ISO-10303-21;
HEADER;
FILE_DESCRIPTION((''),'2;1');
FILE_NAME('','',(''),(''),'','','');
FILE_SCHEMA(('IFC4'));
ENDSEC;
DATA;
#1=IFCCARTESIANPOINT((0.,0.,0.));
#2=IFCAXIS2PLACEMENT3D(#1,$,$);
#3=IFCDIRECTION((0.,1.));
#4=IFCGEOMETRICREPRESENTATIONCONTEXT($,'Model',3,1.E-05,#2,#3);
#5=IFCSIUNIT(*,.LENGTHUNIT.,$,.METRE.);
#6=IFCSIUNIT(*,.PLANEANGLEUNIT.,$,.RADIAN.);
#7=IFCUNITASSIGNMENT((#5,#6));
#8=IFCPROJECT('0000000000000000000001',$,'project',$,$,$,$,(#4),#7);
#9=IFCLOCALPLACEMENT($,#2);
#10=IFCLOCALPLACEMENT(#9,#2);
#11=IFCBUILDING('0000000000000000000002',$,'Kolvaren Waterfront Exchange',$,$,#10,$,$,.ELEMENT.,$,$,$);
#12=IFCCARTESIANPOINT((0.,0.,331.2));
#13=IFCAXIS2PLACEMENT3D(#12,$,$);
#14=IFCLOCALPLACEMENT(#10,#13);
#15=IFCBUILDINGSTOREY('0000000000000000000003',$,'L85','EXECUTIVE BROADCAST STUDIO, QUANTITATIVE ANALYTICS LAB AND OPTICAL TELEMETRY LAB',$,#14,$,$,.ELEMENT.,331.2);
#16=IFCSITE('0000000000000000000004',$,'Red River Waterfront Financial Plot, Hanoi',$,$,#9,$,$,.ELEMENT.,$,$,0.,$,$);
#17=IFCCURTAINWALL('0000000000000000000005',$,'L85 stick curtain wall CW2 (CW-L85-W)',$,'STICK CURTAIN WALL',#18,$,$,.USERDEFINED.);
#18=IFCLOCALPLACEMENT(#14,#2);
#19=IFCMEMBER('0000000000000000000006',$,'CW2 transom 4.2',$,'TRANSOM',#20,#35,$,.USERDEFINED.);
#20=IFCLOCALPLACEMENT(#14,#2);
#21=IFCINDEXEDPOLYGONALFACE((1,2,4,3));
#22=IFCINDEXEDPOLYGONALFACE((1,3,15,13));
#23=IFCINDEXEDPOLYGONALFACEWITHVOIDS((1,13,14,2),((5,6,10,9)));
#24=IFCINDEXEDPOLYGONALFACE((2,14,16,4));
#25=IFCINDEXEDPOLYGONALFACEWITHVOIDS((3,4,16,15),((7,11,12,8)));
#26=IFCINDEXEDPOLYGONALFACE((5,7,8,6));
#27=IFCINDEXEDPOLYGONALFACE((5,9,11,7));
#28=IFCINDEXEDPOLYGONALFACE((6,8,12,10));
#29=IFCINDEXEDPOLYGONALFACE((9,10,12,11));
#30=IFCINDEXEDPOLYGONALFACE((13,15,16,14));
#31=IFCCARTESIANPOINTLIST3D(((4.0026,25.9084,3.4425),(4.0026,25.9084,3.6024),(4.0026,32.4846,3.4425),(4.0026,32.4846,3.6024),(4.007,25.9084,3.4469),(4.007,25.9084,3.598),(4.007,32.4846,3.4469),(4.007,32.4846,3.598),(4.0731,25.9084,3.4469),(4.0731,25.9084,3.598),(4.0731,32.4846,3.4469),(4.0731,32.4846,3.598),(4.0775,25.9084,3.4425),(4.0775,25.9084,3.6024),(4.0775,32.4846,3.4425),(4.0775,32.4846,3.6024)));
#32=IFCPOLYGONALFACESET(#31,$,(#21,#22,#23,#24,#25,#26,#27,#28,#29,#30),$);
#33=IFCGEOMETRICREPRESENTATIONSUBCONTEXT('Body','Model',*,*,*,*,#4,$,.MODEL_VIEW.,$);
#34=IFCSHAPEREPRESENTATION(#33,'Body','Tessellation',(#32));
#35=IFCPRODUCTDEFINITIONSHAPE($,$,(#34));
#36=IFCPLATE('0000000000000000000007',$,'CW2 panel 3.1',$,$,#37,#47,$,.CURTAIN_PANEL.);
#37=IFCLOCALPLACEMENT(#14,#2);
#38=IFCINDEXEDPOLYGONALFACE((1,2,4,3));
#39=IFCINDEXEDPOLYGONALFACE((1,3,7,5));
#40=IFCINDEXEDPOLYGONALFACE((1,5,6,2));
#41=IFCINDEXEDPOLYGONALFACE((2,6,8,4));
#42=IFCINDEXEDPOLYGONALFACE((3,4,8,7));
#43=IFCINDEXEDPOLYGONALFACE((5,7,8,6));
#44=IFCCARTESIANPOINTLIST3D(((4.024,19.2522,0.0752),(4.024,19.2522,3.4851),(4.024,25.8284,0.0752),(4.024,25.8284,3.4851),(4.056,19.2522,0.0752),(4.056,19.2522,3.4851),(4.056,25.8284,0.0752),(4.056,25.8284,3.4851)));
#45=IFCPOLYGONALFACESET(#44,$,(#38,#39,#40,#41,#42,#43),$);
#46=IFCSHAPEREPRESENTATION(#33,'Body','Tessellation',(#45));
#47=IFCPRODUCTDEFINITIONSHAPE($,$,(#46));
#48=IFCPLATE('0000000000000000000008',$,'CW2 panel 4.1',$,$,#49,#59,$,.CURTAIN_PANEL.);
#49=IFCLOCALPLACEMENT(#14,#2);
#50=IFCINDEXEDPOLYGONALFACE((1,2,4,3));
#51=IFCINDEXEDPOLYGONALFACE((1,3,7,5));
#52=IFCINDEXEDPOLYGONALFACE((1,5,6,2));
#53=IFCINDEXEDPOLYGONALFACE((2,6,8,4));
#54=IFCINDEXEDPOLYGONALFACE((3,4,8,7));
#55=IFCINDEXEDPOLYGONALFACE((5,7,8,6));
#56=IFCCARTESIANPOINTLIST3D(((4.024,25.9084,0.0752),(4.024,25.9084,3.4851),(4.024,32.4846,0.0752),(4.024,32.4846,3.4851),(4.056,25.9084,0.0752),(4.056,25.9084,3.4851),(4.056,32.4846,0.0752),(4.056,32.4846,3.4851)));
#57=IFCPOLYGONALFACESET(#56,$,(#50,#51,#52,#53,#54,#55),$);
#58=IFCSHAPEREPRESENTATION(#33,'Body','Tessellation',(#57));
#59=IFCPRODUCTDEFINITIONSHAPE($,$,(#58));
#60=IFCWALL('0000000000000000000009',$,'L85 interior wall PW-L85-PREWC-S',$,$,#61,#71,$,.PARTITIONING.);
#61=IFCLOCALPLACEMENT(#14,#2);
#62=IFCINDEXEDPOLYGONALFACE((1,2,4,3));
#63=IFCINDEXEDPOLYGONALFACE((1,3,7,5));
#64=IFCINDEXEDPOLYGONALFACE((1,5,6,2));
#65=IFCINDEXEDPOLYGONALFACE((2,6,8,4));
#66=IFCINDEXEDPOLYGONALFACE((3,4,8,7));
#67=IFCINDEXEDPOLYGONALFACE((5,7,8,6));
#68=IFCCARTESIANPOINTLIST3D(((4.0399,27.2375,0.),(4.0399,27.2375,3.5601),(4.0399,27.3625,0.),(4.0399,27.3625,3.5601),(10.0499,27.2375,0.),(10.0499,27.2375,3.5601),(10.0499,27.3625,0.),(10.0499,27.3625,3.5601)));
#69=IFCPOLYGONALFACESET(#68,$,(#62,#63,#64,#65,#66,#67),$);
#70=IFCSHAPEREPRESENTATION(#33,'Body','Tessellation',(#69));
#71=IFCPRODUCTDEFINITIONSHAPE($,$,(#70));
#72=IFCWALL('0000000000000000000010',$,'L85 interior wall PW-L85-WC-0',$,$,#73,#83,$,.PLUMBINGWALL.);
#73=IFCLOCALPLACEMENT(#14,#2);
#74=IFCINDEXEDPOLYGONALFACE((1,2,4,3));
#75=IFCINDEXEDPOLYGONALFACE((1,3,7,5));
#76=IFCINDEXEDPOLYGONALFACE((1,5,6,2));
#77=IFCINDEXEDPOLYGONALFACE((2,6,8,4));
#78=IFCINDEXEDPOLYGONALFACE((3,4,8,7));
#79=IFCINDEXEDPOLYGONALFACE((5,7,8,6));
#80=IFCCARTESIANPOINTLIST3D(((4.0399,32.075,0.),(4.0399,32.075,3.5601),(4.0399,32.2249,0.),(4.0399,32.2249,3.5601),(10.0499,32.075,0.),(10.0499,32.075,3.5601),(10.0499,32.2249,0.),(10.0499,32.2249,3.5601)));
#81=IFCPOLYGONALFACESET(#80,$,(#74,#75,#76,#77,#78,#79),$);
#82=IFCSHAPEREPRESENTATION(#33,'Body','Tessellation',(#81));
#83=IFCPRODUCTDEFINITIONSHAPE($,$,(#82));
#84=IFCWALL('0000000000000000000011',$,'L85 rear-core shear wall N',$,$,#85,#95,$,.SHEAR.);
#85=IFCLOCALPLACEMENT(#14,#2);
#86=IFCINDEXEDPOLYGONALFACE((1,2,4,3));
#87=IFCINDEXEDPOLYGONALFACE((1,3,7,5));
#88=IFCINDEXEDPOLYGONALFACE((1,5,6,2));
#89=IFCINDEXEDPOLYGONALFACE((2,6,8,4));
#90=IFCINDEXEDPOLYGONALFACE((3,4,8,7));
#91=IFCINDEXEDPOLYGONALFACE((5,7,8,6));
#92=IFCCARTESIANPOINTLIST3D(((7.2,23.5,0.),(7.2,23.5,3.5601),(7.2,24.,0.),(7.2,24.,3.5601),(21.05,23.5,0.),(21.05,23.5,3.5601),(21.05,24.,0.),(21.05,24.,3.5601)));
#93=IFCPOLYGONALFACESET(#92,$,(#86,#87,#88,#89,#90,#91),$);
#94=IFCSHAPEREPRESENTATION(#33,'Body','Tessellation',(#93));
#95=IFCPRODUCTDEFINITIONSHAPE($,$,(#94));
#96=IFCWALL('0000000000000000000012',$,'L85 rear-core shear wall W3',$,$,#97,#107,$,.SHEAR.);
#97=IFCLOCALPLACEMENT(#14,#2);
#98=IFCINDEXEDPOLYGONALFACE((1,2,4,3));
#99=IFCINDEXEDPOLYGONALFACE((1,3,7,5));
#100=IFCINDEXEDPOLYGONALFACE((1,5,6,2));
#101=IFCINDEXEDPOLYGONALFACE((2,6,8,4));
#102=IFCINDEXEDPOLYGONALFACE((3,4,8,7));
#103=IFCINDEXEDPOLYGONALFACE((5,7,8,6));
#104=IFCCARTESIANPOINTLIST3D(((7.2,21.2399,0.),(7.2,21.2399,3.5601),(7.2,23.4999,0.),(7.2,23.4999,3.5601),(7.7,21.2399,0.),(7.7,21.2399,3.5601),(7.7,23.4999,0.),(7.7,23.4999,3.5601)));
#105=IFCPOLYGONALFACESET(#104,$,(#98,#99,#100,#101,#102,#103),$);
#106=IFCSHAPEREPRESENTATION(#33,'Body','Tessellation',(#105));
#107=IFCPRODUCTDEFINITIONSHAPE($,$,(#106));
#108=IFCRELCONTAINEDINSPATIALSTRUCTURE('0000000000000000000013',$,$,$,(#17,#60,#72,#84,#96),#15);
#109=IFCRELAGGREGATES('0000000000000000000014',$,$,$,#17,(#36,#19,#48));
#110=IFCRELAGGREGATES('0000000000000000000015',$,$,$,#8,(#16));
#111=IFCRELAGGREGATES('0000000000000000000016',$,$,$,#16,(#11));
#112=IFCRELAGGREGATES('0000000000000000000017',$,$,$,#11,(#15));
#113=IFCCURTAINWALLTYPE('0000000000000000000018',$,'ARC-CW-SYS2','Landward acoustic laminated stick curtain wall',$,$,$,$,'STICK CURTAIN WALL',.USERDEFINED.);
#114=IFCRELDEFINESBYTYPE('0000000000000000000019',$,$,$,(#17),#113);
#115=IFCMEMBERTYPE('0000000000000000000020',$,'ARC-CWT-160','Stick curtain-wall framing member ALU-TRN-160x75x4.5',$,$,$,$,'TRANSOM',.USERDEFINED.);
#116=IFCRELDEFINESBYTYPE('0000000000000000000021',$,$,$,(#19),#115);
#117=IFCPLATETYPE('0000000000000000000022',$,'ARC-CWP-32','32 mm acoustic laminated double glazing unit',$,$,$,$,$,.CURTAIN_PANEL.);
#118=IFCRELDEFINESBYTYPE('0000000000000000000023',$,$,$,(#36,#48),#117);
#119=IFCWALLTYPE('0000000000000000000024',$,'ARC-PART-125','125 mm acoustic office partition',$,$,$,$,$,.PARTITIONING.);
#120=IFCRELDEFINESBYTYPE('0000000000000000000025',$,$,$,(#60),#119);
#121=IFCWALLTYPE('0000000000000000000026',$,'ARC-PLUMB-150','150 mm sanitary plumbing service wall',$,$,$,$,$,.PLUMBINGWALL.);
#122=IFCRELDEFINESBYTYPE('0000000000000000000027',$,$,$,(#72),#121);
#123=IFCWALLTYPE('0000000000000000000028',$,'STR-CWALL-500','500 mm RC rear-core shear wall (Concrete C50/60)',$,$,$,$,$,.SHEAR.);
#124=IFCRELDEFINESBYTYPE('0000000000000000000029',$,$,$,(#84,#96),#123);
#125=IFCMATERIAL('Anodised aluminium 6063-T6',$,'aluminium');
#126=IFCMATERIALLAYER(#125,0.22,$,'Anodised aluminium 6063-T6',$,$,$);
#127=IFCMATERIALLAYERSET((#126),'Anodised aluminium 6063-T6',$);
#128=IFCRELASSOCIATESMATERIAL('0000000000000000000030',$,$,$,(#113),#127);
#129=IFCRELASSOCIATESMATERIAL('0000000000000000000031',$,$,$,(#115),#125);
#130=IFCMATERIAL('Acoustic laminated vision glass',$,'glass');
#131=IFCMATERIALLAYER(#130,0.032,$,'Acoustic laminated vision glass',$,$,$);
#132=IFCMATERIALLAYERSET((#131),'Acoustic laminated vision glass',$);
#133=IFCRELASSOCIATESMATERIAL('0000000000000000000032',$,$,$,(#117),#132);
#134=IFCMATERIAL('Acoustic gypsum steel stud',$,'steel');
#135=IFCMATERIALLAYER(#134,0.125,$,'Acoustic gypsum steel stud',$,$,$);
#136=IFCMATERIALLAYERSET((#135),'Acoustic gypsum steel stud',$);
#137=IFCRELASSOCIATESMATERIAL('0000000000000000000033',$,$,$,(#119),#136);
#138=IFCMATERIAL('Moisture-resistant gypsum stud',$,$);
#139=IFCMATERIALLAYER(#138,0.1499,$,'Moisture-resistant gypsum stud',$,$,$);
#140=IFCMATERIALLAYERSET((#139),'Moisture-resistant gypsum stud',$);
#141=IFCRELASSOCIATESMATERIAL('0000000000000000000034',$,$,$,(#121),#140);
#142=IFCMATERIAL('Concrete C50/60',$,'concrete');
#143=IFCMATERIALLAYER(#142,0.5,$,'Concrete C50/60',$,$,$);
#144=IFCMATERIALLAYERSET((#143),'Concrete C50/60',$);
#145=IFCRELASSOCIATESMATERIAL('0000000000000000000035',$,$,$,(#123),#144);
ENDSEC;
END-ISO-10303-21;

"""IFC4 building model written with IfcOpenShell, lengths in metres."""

from ifc_helpers import new_model, si_unit, direction, frame, frame_2d, origin, origin_with_axes, origin_2d, place, context, subcontext, project, spatial, rectangle, hollow_rectangle, extrude, source, transform, mapped, material, layer, layer_set, material_profile, profile_set, type_object, element, aggregate, save


model = new_model("IFC4")

# Units and contexts
model_context = context("Model", 3, precision=1e-05, world=origin(), true_north=direction((0.0, 1.0)))
body_context = subcontext(model_context, "Body", "Model", "MODEL_VIEW")
ifc_project = project(units=[si_unit("LENGTHUNIT", "METRE"), si_unit("PLANEANGLEUNIT", "RADIAN")], contexts=[model_context])

# Site, building, storey
site_placement = place(None, origin())
site = spatial("IfcSite", under=ifc_project, at=site_placement, Name="Red River Waterfront Financial Plot, Hanoi", CompositionType="ELEMENT", RefElevation=0.0)
building_placement = place(site_placement, origin())
building = spatial("IfcBuilding", under=site, at=building_placement, Name="Kolvaren Waterfront Exchange", CompositionType="ELEMENT")
storey_placement = place(building_placement, frame((0.0, 0.0, 331.2)))
storey = spatial("IfcBuildingStorey", under=building, at=storey_placement, Name="L85", Description="EXECUTIVE BROADCAST STUDIO, QUANTITATIVE ANALYTICS LAB AND OPTICAL TELEMETRY LAB", CompositionType="ELEMENT", Elevation=331.2)

# Shared definitions
ifc_material_1 = material(Name="Concrete C50/60", Category="concrete")

# Curtain wall, member, plates
ifc_material_2 = material(Name="Anodised aluminium 6063-T6", Category="aluminium")
ifc_layer_1 = layer(ifc_material_2, 0.22, Name="Anodised aluminium 6063-T6")
ifc_layer_set_1 = layer_set([ifc_layer_1], Name="Anodised aluminium 6063-T6")
curtain_wall_type = type_object("IfcCurtainWallType", Name="ARC-CW-SYS2", Description="Landward acoustic laminated stick curtain wall", ElementType="STICK CURTAIN WALL", PredefinedType="USERDEFINED", material=ifc_layer_set_1)
curtain_wall_placement = place(storey_placement, origin())
curtain_wall = element("IfcCurtainWall", 1, at=curtain_wall_placement, inside=storey, type_object=curtain_wall_type, Name="L85 stick curtain wall CW2 (CW-L85-W)", ObjectType="STICK CURTAIN WALL", PredefinedType="USERDEFINED")
ifc_material_profile_1 = material_profile(ifc_material_2, hollow_rectangle(XDim=0.075, YDim=0.1599, WallThickness=0.0044, at=origin_2d()), Name="ALU-TRN-160x75x4.5")
ifc_profile_set_1 = profile_set([ifc_material_profile_1], Name="Anodised aluminium 6063-T6")
member_type_1 = type_object("IfcMemberType", Name="ARC-CWT-160", Description="Stick curtain-wall framing member ALU-TRN-160x75x4.5", ElementType="TRANSOM", PredefinedType="USERDEFINED", material=ifc_profile_set_1)
shared_shape_1 = source(origin_with_axes(), body_context, "Body", "SweptSolid", [
    extrude(hollow_rectangle(XDim=0.075, YDim=0.1599, WallThickness=0.0044, at=origin_2d()), origin(), (0.0, 0.0, 1.0), 6.5762),
])
member_1_placement = place(storey_placement, frame((4.04, 25.9084, 3.5225), z_axis=(0.0, 1.0, 0.0), x_axis=(-1.0, 0.0, 0.0)))
member_1 = element("IfcMember", 2, at=member_1_placement, type_object=member_type_1, Name="CW2 transom 4.2", ObjectType="TRANSOM", PredefinedType="USERDEFINED", context=body_context, shape_type="MappedRepresentation", body=[
    mapped(shared_shape_1, transform((0.0, 0.0, 0.0), x_axis=(1.0, 0.0, 0.0), y_axis=(0.0, 1.0, 0.0), z_axis=(0.0, 0.0, 1.0), scale=1.0)),
])
ifc_material_3 = material(Name="Acoustic laminated vision glass", Category="glass")
ifc_layer_2 = layer(ifc_material_3, 0.032, Name="Acoustic laminated vision glass")
ifc_layer_set_2 = layer_set([ifc_layer_2], Name="Acoustic laminated vision glass")
plate_type = type_object("IfcPlateType", Name="ARC-CWP-32", Description="32 mm acoustic laminated double glazing unit", PredefinedType="CURTAIN_PANEL", material=ifc_layer_set_2)
shared_shape_2 = source(origin_with_axes(), body_context, "Body", "SweptSolid", [
    extrude(rectangle(XDim=6.5762, YDim=0.032, at=origin_2d()), origin(), (0.0, 0.0, 1.0), 3.4099),
])
plate_1_placement = place(storey_placement, frame((4.04, 22.5403, 0.0752), z_axis=(0.0, 0.0, 1.0), x_axis=(0.0, 1.0, 0.0)))
plate_1 = element("IfcPlate", 3, at=plate_1_placement, type_object=plate_type, Name="CW2 panel 3.1", PredefinedType="CURTAIN_PANEL", context=body_context, shape_type="MappedRepresentation", body=[
    mapped(shared_shape_2, transform((0.0, 0.0, 0.0), x_axis=(1.0, 0.0, 0.0), y_axis=(0.0, 1.0, 0.0), z_axis=(0.0, 0.0, 1.0), scale=1.0)),
])
plate_2_placement = place(storey_placement, frame((4.04, 29.1965, 0.0752), z_axis=(0.0, 0.0, 1.0), x_axis=(0.0, 1.0, 0.0)))
plate_2 = element("IfcPlate", 4, at=plate_2_placement, type_object=plate_type, Name="CW2 panel 4.1", PredefinedType="CURTAIN_PANEL", context=body_context, shape_type="MappedRepresentation", body=[
    mapped(shared_shape_2, transform((0.0, 0.0, 0.0), x_axis=(1.0, 0.0, 0.0), y_axis=(0.0, 1.0, 0.0), z_axis=(0.0, 0.0, 1.0), scale=1.0)),
])
aggregate(curtain_wall, [plate_1, member_1, plate_2])

# Wall
ifc_material_4 = material(Name="Acoustic gypsum steel stud", Category="steel")
ifc_layer_3 = layer(ifc_material_4, 0.125, Name="Acoustic gypsum steel stud")
ifc_layer_set_3 = layer_set([ifc_layer_3], Name="Acoustic gypsum steel stud")
wall_type_1 = type_object("IfcWallType", Name="ARC-PART-125", Description="125 mm acoustic office partition", PredefinedType="PARTITIONING", material=ifc_layer_set_3)
wall_1_placement = place(storey_placement, frame((4.04, 27.3, 0.0), z_axis=(0.0, 0.0, 1.0), x_axis=(1.0, 0.0, 0.0)))
element("IfcWall", 5, at=wall_1_placement, inside=storey, type_object=wall_type_1, Name="L85 interior wall PW-L85-PREWC-S", PredefinedType="PARTITIONING", context=body_context, shape_type="SweptSolid", body=[
    extrude(rectangle(XDim=6.01, YDim=0.125, at=frame_2d((3.0049, 0.0))), origin(), (0.0, 0.0, 1.0), 3.5601),
])

# Walls
ifc_material_5 = material(Name="Moisture-resistant gypsum stud")
ifc_layer_4 = layer(ifc_material_5, 0.1499, Name="Moisture-resistant gypsum stud")
ifc_layer_set_4 = layer_set([ifc_layer_4], Name="Moisture-resistant gypsum stud")
wall_type_2 = type_object("IfcWallType", Name="ARC-PLUMB-150", Description="150 mm sanitary plumbing service wall", PredefinedType="PLUMBINGWALL", material=ifc_layer_set_4)
wall_2_placement = place(storey_placement, frame((4.04, 32.1499, 0.0), z_axis=(0.0, 0.0, 1.0), x_axis=(1.0, 0.0, 0.0)))
element("IfcWall", 6, at=wall_2_placement, inside=storey, type_object=wall_type_2, Name="L85 interior wall PW-L85-WC-0", PredefinedType="PLUMBINGWALL", context=body_context, shape_type="SweptSolid", body=[
    extrude(rectangle(XDim=6.01, YDim=0.1499, at=frame_2d((3.0049, 0.0))), origin(), (0.0, 0.0, 1.0), 3.5601),
])
ifc_layer_5 = layer(ifc_material_1, 0.5, Name="Concrete C50/60")
ifc_layer_set_5 = layer_set([ifc_layer_5], Name="Concrete C50/60")
wall_type_3 = type_object("IfcWallType", Name="STR-CWALL-500", Description="500 mm RC rear-core shear wall (Concrete C50/60)", PredefinedType="SHEAR", material=ifc_layer_set_5)
wall_3_placement = place(storey_placement, frame((7.2, 23.75, 0.0), z_axis=(0.0, 0.0, 1.0), x_axis=(1.0, 0.0, 0.0)))
element("IfcWall", 7, at=wall_3_placement, inside=storey, type_object=wall_type_3, Name="L85 rear-core shear wall N", PredefinedType="SHEAR", context=body_context, shape_type="SweptSolid", body=[
    extrude(rectangle(XDim=13.8501, YDim=0.5, at=frame_2d((6.925, 0.0))), origin(), (0.0, 0.0, 1.0), 3.5601),
])
wall_4_placement = place(storey_placement, frame((7.45, 21.24, 0.0), z_axis=(0.0, 0.0, 1.0), x_axis=(0.0, 1.0, 0.0)))
element("IfcWall", 8, at=wall_4_placement, inside=storey, type_object=wall_type_3, Name="L85 rear-core shear wall W3", PredefinedType="SHEAR", context=body_context, shape_type="SweptSolid", body=[
    extrude(rectangle(XDim=2.26, YDim=0.5, at=frame_2d((1.1299, 0.0))), origin(), (0.0, 0.0, 1.0), 3.5601),
])

save(model, "model.ifc")
